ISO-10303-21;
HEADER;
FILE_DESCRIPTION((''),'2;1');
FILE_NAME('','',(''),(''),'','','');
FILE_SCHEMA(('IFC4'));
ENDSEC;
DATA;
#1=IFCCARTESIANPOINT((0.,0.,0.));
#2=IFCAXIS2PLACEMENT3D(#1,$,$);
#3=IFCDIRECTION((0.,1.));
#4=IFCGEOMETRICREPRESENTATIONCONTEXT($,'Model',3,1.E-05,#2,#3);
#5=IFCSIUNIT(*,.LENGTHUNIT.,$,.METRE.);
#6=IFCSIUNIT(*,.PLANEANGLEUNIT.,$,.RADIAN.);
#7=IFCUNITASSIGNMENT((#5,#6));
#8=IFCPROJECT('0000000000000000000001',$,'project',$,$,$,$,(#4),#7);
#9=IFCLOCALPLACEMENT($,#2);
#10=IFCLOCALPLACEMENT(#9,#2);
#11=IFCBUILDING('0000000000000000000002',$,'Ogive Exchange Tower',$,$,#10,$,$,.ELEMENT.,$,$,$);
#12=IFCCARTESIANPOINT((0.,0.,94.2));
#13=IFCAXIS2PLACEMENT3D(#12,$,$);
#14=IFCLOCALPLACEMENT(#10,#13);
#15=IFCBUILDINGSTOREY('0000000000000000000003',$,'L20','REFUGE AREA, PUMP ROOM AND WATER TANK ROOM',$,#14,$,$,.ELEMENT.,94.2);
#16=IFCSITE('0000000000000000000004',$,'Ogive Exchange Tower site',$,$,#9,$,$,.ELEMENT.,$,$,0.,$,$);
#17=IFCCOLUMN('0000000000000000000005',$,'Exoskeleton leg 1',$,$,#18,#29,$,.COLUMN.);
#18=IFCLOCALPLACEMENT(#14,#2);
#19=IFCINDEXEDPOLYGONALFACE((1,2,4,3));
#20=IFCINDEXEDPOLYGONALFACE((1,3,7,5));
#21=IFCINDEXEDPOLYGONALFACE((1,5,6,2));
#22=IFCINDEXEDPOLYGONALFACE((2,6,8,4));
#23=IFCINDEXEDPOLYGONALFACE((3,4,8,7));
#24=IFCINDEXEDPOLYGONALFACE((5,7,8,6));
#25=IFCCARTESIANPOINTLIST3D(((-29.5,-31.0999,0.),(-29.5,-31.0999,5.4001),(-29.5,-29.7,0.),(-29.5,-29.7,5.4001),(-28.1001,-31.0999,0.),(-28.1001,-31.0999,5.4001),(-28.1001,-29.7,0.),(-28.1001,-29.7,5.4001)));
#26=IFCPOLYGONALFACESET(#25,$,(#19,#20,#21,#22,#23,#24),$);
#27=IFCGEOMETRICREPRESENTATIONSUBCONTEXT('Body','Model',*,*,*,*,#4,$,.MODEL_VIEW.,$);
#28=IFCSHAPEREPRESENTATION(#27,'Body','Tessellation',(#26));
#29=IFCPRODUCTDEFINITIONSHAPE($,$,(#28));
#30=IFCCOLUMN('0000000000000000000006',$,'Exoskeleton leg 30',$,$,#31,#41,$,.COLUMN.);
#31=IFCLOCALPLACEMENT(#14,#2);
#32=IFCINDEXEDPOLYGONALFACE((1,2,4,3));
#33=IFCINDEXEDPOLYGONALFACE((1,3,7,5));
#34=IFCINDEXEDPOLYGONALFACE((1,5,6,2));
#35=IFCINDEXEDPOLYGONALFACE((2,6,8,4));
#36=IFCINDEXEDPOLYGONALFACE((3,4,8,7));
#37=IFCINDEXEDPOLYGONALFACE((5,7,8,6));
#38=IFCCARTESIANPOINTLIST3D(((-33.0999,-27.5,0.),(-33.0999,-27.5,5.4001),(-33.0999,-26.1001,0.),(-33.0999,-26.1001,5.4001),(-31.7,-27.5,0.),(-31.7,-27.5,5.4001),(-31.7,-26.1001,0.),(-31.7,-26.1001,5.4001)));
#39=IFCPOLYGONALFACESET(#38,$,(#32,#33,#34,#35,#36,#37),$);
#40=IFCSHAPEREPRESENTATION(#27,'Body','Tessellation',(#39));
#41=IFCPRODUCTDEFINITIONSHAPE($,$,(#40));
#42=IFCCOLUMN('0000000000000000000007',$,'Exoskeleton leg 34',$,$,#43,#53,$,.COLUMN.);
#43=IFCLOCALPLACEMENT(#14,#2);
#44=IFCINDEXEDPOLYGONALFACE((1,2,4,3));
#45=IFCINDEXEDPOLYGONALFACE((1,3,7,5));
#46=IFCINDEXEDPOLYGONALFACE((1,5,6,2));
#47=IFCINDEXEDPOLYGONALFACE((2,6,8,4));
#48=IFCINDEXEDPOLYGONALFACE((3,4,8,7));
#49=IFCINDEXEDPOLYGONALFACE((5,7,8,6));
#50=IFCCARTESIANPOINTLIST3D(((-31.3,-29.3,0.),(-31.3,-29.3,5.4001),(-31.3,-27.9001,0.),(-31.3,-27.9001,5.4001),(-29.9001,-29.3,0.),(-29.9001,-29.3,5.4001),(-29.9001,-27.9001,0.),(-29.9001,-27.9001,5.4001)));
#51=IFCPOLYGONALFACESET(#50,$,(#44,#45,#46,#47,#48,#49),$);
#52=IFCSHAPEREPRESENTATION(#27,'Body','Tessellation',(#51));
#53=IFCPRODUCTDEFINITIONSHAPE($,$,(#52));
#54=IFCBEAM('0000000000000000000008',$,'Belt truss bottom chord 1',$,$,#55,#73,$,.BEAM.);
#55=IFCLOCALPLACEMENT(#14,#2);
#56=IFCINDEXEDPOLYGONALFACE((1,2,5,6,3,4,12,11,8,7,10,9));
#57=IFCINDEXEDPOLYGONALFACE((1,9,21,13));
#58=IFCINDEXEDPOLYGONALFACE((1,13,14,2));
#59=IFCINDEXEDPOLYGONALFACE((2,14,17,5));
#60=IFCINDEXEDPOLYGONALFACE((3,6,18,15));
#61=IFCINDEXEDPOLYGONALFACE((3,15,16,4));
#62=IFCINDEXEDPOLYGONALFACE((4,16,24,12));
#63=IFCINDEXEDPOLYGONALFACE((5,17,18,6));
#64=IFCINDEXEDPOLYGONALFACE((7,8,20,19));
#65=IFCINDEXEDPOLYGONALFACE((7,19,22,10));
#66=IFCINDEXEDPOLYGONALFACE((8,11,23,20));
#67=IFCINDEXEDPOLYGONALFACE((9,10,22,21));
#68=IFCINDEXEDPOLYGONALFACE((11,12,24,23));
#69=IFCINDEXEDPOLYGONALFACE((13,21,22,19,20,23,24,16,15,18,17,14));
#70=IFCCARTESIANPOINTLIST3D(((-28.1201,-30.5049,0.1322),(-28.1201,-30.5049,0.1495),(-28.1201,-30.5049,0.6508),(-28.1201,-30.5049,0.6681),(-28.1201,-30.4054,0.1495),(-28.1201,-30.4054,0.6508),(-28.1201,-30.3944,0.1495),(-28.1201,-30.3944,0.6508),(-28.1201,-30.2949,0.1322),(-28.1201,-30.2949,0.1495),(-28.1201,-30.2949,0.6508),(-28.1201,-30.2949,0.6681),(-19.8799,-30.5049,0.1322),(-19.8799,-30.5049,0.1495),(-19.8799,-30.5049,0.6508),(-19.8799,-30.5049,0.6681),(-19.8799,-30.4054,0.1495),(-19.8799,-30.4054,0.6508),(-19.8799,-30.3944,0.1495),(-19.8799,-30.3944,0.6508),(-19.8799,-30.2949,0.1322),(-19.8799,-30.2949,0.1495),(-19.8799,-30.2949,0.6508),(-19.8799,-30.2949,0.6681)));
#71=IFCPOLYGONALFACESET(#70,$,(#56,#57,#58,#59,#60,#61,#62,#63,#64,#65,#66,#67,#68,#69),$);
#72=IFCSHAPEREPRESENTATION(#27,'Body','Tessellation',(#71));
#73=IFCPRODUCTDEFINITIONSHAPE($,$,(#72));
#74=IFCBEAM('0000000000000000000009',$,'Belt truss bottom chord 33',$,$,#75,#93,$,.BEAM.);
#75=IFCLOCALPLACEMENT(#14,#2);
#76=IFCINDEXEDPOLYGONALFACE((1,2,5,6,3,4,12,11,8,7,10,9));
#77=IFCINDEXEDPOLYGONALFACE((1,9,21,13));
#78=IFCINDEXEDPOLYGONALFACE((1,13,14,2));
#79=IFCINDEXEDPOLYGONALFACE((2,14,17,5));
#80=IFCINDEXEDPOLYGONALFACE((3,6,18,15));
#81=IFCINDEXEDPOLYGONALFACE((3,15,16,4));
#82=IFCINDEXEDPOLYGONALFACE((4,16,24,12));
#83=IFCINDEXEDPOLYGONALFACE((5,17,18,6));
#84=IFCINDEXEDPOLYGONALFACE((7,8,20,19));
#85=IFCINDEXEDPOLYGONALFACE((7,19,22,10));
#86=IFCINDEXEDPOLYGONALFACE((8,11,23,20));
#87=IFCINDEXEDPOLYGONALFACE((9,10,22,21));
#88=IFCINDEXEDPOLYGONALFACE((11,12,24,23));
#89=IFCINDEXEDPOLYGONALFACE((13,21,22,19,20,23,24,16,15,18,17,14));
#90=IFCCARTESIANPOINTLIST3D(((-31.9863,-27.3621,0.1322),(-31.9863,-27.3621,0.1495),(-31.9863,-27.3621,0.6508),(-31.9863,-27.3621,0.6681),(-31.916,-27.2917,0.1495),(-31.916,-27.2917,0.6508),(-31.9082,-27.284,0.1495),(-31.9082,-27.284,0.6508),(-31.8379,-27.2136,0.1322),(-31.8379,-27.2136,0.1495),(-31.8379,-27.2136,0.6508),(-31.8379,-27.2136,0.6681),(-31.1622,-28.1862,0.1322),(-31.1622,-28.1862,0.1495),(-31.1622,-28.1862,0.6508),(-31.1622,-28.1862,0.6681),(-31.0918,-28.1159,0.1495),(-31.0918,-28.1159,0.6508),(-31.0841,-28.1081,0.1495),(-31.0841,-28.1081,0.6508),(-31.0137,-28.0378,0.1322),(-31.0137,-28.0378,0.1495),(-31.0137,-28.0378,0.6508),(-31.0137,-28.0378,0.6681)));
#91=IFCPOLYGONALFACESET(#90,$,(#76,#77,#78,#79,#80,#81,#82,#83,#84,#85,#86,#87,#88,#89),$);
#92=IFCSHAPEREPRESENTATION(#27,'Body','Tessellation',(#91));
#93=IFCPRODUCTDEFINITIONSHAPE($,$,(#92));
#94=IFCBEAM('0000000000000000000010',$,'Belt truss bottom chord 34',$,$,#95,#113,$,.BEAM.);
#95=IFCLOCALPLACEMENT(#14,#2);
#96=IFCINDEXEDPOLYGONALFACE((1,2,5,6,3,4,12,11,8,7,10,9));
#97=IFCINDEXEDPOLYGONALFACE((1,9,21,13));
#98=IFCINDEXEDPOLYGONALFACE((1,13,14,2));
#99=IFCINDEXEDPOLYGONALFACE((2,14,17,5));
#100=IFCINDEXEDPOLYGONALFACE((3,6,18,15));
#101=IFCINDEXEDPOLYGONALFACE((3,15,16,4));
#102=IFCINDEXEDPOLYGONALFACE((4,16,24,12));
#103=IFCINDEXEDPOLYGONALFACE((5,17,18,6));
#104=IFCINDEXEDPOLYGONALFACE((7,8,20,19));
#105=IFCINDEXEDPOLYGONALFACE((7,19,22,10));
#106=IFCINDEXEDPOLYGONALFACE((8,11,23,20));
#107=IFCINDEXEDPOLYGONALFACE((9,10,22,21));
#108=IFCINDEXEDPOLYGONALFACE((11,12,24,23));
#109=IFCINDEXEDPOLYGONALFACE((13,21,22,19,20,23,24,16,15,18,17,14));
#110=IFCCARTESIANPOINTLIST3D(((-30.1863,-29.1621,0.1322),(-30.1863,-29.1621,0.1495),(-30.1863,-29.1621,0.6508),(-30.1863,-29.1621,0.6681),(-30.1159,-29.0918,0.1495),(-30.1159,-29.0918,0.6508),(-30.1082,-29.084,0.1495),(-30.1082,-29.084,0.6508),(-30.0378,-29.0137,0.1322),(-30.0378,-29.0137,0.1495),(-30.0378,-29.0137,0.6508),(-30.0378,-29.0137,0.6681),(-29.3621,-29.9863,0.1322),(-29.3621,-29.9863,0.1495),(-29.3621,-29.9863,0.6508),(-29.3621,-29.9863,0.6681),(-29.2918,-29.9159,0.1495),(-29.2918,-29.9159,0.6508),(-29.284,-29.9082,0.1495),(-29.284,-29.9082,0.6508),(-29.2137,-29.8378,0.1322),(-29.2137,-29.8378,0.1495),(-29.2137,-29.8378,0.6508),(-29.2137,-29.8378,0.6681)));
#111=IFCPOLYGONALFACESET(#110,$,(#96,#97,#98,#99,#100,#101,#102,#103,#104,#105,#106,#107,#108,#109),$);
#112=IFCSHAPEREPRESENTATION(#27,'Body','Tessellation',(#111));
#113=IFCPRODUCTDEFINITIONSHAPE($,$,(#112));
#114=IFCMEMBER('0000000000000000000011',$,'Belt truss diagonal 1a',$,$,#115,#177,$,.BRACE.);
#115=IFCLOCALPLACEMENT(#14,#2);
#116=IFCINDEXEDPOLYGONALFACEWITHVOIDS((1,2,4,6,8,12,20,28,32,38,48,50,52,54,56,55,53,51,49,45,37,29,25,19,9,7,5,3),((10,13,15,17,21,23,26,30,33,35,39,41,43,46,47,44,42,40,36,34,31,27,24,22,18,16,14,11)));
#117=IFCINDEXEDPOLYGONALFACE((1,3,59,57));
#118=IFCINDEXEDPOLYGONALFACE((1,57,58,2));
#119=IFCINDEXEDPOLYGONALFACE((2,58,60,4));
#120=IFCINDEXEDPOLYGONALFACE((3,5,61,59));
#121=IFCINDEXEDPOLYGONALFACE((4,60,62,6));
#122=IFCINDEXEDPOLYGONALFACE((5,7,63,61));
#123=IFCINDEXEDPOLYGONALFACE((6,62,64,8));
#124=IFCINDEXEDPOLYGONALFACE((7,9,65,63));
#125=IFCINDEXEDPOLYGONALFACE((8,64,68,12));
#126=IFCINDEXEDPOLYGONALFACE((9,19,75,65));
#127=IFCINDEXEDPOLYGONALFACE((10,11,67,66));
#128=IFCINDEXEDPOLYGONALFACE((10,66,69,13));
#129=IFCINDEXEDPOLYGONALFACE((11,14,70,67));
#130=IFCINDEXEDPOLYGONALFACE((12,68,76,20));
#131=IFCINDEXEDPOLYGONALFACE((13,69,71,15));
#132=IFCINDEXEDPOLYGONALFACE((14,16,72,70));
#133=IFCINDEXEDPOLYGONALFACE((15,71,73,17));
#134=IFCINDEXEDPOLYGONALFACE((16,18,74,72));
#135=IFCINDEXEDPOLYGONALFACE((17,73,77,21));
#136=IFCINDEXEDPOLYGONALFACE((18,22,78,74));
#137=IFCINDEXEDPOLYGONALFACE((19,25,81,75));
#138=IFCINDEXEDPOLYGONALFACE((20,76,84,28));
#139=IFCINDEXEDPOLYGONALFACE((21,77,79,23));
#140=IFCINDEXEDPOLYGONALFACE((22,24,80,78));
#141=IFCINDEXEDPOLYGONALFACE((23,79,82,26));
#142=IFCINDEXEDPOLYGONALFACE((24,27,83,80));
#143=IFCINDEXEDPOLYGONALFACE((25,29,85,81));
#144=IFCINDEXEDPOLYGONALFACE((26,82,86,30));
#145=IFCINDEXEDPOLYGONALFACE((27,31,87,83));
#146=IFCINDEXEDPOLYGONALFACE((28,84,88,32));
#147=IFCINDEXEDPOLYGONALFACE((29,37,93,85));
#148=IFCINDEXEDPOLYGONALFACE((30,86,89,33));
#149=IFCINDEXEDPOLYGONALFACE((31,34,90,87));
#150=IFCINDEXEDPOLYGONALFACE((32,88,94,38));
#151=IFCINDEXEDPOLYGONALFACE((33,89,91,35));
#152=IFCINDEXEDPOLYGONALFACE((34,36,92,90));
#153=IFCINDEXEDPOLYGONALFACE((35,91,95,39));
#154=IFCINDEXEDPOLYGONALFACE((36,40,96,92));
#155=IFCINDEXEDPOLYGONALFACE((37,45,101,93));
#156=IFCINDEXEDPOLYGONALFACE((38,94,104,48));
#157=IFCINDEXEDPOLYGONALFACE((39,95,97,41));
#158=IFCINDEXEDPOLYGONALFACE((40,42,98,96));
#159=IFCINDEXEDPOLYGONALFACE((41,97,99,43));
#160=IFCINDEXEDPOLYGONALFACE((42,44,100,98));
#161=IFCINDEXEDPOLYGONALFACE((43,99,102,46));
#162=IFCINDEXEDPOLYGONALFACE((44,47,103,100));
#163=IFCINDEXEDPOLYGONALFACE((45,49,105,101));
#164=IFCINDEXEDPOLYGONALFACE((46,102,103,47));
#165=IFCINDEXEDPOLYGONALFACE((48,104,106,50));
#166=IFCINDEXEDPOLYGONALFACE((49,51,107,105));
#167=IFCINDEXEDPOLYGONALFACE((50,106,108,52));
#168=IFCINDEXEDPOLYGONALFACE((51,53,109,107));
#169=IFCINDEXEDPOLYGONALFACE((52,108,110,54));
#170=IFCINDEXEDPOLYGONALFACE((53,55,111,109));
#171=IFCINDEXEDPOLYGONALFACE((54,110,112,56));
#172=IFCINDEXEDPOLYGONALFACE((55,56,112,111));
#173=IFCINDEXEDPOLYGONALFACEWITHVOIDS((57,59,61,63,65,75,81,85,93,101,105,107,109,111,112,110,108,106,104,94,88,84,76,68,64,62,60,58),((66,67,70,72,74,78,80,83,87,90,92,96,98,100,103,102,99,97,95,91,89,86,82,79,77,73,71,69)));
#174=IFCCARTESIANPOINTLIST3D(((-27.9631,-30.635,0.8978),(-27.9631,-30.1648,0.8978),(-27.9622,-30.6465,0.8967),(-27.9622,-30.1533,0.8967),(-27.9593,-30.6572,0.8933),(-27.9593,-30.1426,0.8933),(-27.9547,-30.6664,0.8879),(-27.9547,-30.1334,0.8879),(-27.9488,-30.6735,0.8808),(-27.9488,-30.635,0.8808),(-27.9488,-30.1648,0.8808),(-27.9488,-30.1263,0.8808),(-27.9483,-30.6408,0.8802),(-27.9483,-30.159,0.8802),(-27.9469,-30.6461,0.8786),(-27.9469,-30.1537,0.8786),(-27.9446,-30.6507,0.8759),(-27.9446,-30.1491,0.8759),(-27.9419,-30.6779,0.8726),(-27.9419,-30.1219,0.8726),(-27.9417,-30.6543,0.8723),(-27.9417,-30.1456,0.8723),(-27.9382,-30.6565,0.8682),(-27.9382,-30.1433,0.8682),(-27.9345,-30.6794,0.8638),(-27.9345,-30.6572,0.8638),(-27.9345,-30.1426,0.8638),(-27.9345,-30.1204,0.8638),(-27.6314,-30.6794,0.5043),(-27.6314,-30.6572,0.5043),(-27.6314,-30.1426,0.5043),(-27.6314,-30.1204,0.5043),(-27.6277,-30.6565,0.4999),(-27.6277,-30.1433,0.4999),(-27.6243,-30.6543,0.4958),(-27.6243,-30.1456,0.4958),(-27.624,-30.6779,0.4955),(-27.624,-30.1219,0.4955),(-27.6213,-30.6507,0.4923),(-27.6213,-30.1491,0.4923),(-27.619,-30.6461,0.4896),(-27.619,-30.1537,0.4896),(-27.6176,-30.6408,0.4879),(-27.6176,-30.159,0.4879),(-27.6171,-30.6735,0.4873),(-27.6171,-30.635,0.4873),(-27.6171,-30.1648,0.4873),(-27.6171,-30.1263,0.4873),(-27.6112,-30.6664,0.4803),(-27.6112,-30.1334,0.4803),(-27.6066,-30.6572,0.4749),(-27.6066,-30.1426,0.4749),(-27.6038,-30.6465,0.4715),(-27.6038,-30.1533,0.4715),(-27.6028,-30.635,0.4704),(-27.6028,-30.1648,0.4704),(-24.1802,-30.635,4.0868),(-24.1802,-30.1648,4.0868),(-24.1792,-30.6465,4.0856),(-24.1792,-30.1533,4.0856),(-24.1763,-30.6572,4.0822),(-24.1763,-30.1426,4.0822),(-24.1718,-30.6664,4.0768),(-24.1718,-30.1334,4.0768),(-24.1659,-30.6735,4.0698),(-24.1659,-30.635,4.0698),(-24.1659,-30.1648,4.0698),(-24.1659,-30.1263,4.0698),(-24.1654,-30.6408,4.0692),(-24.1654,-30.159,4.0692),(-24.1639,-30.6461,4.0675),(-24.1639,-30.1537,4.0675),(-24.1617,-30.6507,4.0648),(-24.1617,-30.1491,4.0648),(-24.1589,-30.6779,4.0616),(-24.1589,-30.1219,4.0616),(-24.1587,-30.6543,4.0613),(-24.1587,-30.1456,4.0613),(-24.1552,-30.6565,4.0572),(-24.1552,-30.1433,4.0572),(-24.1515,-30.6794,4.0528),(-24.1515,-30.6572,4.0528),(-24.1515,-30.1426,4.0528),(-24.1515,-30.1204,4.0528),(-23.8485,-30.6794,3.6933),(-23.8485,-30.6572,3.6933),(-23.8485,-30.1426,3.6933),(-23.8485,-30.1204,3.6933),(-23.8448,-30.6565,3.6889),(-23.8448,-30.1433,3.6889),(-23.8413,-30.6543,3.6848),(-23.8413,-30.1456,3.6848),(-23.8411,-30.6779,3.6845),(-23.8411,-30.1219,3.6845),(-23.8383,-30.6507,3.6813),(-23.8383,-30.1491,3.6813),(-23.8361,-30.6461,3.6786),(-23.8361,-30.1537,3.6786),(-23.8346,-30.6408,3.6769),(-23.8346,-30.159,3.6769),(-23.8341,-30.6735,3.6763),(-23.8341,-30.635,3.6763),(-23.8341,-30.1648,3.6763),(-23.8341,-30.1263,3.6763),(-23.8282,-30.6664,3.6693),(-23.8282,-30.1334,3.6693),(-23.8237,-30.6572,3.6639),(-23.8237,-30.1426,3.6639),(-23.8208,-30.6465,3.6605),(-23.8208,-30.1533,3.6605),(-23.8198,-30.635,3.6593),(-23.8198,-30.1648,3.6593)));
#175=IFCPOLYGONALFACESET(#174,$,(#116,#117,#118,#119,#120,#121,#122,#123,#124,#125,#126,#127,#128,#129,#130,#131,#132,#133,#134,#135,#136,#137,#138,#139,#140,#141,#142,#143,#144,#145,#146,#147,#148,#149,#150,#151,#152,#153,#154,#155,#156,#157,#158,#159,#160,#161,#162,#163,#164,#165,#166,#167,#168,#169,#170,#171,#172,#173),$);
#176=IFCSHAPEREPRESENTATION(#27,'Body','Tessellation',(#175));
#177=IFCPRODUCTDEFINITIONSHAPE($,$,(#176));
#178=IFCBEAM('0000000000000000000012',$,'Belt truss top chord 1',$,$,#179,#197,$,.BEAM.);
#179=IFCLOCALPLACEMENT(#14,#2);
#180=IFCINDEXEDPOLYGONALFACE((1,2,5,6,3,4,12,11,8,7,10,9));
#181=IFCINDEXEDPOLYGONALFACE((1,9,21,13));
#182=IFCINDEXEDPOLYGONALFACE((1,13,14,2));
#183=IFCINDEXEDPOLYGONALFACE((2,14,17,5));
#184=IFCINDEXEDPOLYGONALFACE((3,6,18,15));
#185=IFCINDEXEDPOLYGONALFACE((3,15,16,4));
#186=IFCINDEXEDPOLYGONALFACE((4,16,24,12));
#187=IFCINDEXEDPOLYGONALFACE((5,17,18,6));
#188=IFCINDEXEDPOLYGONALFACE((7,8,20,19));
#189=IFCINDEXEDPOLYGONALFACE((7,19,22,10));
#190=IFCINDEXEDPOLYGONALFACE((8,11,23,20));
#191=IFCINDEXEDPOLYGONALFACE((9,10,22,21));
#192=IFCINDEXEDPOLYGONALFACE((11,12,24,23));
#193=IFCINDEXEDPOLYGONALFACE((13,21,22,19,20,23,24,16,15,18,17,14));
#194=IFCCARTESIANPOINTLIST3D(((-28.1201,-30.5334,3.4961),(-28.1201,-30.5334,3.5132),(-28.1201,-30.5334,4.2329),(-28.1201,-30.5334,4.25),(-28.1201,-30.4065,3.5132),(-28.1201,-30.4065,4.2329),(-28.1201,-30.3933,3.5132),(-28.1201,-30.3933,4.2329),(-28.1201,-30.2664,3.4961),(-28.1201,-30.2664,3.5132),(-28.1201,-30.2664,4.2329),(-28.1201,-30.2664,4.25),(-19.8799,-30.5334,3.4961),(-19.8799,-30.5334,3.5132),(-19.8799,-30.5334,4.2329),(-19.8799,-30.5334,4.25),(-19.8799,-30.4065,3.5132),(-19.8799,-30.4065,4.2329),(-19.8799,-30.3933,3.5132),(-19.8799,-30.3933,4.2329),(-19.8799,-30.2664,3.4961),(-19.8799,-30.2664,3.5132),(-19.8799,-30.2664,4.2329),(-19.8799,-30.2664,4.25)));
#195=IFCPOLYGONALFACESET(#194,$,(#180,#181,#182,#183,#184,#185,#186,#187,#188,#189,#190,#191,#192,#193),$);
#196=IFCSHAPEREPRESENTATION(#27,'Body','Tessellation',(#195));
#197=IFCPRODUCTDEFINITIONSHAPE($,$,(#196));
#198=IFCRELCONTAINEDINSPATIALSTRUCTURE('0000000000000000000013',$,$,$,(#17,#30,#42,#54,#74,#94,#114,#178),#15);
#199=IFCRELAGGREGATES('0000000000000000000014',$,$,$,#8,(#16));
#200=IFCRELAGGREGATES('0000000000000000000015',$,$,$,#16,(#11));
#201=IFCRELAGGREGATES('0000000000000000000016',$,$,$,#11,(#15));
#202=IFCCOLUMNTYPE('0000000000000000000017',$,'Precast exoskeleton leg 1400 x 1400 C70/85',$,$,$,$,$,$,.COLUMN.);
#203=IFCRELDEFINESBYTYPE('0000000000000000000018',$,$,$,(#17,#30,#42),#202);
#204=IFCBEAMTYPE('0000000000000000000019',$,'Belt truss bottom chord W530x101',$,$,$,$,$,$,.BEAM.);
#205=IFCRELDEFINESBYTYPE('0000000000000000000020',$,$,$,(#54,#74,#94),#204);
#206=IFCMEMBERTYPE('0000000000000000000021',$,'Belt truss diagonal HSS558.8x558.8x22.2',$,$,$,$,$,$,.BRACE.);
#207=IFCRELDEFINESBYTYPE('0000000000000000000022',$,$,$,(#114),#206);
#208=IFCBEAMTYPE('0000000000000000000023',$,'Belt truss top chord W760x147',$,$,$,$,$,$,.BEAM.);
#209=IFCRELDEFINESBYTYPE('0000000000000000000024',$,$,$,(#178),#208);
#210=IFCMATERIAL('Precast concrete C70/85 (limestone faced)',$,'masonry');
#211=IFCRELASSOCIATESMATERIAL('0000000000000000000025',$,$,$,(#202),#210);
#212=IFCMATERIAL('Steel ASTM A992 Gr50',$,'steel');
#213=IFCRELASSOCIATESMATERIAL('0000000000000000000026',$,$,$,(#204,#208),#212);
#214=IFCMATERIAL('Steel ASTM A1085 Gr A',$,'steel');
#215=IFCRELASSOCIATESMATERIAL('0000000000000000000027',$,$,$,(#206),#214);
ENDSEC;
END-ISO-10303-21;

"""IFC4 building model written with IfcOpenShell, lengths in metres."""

from ifc_helpers import new_model, si_unit, direction, frame, origin, origin_2d, place, context, subcontext, project, spatial, rectangle, hollow_rectangle, i_section, extrude, material, material_profile, profile_set, type_object, element, save


model = new_model("IFC4")

# Units and contexts
model_context = context("Model", 3, precision=1e-05, world=origin(), true_north=direction((0.0, 1.0)))
body_context = subcontext(model_context, "Body", "Model", "MODEL_VIEW")
ifc_project = project(units=[si_unit("LENGTHUNIT", "METRE"), si_unit("PLANEANGLEUNIT", "RADIAN")], contexts=[model_context])

# Site, building, storey
site_placement = place(None, origin())
site = spatial("IfcSite", under=ifc_project, at=site_placement, Name="Ogive Exchange Tower site", CompositionType="ELEMENT", RefElevation=0.0)
building_placement = place(site_placement, origin())
building = spatial("IfcBuilding", under=site, at=building_placement, Name="Ogive Exchange Tower", CompositionType="ELEMENT")
storey_placement = place(building_placement, frame((0.0, 0.0, 94.2)))
storey = spatial("IfcBuildingStorey", under=building, at=storey_placement, Name="L20", Description="REFUGE AREA, PUMP ROOM AND WATER TANK ROOM", CompositionType="ELEMENT", Elevation=94.2)

# Columns
ifc_material_1 = material(Name="Precast concrete C70/85 (limestone faced)", Category="masonry")
ifc_material_profile_1 = material_profile(ifc_material_1, rectangle(XDim=1.3999, YDim=1.3999, at=origin_2d()), Name="1400 x 1400")
ifc_profile_set_1 = profile_set([ifc_material_profile_1], Name="Precast concrete C70/85 (limestone faced)")
column_type = type_object("IfcColumnType", Name="Precast exoskeleton leg 1400 x 1400 C70/85", PredefinedType="COLUMN", material=ifc_profile_set_1)
for number, where, z_axis, x_axis, name in (
    (1, (-28.8, -30.3999, 0.0), (0.0, 0.0, 1.0), (1.0, 0.0, 0.0), "Exoskeleton leg 1"),
    (2, (-32.3999, -26.8, 0.0), (0.0, 0.0, 1.0), (1.0, 0.0, 0.0), "Exoskeleton leg 30"),
    (3, (-30.6001, -28.6001, 0.0), (0.0, 0.0, 1.0), (1.0, 0.0, 0.0), "Exoskeleton leg 34"),
):
    element("IfcColumn", number, at=place(storey_placement, frame(where, z_axis=z_axis, x_axis=x_axis)), inside=storey, type_object=column_type, Name=name, PredefinedType="COLUMN", context=body_context, shape_type="SweptSolid", body=[
        extrude(rectangle(XDim=1.3999, YDim=1.3999, at=origin_2d()), origin(), (0.0, 0.0, 1.0), 5.4001),
    ])

# Beams
ifc_material_2 = material(Name="Steel ASTM A992 Gr50", Category="steel")
ifc_material_profile_2 = material_profile(ifc_material_2, i_section(OverallWidth=0.21, OverallDepth=0.5359, WebThickness=0.011, FlangeThickness=0.0173, at=origin_2d()), Name="W530x101")
ifc_profile_set_2 = profile_set([ifc_material_profile_2], Name="Steel ASTM A992 Gr50")
beam_type_1 = type_object("IfcBeamType", Name="Belt truss bottom chord W530x101", PredefinedType="BEAM", material=ifc_profile_set_2)
beam_1_placement = place(storey_placement, frame((-28.1201, -30.3999, 0.4001), z_axis=(1.0, 0.0, 0.0), x_axis=(0.0, 1.0, 0.0)))
element("IfcBeam", 4, at=beam_1_placement, inside=storey, type_object=beam_type_1, Name="Belt truss bottom chord 1", PredefinedType="BEAM", context=body_context, shape_type="SweptSolid", body=[
    extrude(i_section(OverallWidth=0.21, OverallDepth=0.5359, WebThickness=0.011, FlangeThickness=0.0173, at=origin_2d()), origin(), (0.0, 0.0, 1.0), 8.2402),
])
for number, where, z_axis, x_axis, name in (
    (5, (-31.9121, -27.2878, 0.4001), (0.707107, -0.707107, 0.0), (0.707107, 0.707107, 0.0), "Belt truss bottom chord 33"),
    (6, (-30.1121, -29.0879, 0.4001), (0.707107, -0.707107, 0.0), (0.707107, 0.707107, 0.0), "Belt truss bottom chord 34"),
):
    element("IfcBeam", number, at=place(storey_placement, frame(where, z_axis=z_axis, x_axis=x_axis)), inside=storey, type_object=beam_type_1, Name=name, PredefinedType="BEAM", context=body_context, shape_type="SweptSolid", body=[
        extrude(i_section(OverallWidth=0.21, OverallDepth=0.5359, WebThickness=0.011, FlangeThickness=0.0173, at=origin_2d()), origin(), (0.0, 0.0, 1.0), 1.1655),
    ])

# Member
ifc_material_3 = material(Name="Steel ASTM A1085 Gr A", Category="steel")
ifc_material_profile_3 = material_profile(ifc_material_3, hollow_rectangle(XDim=0.5591, YDim=0.5591, WallThickness=0.0222, InnerFilletRadius=0.0222, OuterFilletRadius=0.0444, at=origin_2d()), Name="HSS558.8x558.8x22.2")
ifc_profile_set_3 = profile_set([ifc_material_profile_3], Name="Steel ASTM A1085 Gr A")
member_type = type_object("IfcMemberType", Name="Belt truss diagonal HSS558.8x558.8x22.2", PredefinedType="BRACE", material=ifc_profile_set_3)
member_placement = place(storey_placement, frame((-27.783, -30.3999, 0.6841), z_axis=(0.764581, 0.0, 0.644528), x_axis=(0.0, 1.0, 0.0)))
element("IfcMember", 7, at=member_placement, inside=storey, type_object=member_type, Name="Belt truss diagonal 1a", PredefinedType="BRACE", context=body_context, shape_type="SweptSolid", body=[
    extrude(hollow_rectangle(XDim=0.5591, YDim=0.5591, WallThickness=0.0222, InnerFilletRadius=0.0222, OuterFilletRadius=0.0444, at=origin_2d()), origin(), (0.0, 0.0, 1.0), 4.9478),
])

# Beam
ifc_material_profile_4 = material_profile(ifc_material_2, i_section(OverallWidth=0.2671, OverallDepth=0.7539, WebThickness=0.0132, FlangeThickness=0.0171, at=origin_2d()), Name="W760x147")
ifc_profile_set_4 = profile_set([ifc_material_profile_4], Name="Steel ASTM A992 Gr50")
beam_type_2 = type_object("IfcBeamType", Name="Belt truss top chord W760x147", PredefinedType="BEAM", material=ifc_profile_set_4)
beam_2_placement = place(storey_placement, frame((-28.1201, -30.3999, 3.873), z_axis=(1.0, 0.0, 0.0), x_axis=(0.0, 1.0, 0.0)))
element("IfcBeam", 8, at=beam_2_placement, inside=storey, type_object=beam_type_2, Name="Belt truss top chord 1", PredefinedType="BEAM", context=body_context, shape_type="SweptSolid", body=[
    extrude(i_section(OverallWidth=0.2671, OverallDepth=0.7539, WebThickness=0.0132, FlangeThickness=0.0171, at=origin_2d()), origin(), (0.0, 0.0, 1.0), 8.2402),
])

save(model, "model.ifc")
